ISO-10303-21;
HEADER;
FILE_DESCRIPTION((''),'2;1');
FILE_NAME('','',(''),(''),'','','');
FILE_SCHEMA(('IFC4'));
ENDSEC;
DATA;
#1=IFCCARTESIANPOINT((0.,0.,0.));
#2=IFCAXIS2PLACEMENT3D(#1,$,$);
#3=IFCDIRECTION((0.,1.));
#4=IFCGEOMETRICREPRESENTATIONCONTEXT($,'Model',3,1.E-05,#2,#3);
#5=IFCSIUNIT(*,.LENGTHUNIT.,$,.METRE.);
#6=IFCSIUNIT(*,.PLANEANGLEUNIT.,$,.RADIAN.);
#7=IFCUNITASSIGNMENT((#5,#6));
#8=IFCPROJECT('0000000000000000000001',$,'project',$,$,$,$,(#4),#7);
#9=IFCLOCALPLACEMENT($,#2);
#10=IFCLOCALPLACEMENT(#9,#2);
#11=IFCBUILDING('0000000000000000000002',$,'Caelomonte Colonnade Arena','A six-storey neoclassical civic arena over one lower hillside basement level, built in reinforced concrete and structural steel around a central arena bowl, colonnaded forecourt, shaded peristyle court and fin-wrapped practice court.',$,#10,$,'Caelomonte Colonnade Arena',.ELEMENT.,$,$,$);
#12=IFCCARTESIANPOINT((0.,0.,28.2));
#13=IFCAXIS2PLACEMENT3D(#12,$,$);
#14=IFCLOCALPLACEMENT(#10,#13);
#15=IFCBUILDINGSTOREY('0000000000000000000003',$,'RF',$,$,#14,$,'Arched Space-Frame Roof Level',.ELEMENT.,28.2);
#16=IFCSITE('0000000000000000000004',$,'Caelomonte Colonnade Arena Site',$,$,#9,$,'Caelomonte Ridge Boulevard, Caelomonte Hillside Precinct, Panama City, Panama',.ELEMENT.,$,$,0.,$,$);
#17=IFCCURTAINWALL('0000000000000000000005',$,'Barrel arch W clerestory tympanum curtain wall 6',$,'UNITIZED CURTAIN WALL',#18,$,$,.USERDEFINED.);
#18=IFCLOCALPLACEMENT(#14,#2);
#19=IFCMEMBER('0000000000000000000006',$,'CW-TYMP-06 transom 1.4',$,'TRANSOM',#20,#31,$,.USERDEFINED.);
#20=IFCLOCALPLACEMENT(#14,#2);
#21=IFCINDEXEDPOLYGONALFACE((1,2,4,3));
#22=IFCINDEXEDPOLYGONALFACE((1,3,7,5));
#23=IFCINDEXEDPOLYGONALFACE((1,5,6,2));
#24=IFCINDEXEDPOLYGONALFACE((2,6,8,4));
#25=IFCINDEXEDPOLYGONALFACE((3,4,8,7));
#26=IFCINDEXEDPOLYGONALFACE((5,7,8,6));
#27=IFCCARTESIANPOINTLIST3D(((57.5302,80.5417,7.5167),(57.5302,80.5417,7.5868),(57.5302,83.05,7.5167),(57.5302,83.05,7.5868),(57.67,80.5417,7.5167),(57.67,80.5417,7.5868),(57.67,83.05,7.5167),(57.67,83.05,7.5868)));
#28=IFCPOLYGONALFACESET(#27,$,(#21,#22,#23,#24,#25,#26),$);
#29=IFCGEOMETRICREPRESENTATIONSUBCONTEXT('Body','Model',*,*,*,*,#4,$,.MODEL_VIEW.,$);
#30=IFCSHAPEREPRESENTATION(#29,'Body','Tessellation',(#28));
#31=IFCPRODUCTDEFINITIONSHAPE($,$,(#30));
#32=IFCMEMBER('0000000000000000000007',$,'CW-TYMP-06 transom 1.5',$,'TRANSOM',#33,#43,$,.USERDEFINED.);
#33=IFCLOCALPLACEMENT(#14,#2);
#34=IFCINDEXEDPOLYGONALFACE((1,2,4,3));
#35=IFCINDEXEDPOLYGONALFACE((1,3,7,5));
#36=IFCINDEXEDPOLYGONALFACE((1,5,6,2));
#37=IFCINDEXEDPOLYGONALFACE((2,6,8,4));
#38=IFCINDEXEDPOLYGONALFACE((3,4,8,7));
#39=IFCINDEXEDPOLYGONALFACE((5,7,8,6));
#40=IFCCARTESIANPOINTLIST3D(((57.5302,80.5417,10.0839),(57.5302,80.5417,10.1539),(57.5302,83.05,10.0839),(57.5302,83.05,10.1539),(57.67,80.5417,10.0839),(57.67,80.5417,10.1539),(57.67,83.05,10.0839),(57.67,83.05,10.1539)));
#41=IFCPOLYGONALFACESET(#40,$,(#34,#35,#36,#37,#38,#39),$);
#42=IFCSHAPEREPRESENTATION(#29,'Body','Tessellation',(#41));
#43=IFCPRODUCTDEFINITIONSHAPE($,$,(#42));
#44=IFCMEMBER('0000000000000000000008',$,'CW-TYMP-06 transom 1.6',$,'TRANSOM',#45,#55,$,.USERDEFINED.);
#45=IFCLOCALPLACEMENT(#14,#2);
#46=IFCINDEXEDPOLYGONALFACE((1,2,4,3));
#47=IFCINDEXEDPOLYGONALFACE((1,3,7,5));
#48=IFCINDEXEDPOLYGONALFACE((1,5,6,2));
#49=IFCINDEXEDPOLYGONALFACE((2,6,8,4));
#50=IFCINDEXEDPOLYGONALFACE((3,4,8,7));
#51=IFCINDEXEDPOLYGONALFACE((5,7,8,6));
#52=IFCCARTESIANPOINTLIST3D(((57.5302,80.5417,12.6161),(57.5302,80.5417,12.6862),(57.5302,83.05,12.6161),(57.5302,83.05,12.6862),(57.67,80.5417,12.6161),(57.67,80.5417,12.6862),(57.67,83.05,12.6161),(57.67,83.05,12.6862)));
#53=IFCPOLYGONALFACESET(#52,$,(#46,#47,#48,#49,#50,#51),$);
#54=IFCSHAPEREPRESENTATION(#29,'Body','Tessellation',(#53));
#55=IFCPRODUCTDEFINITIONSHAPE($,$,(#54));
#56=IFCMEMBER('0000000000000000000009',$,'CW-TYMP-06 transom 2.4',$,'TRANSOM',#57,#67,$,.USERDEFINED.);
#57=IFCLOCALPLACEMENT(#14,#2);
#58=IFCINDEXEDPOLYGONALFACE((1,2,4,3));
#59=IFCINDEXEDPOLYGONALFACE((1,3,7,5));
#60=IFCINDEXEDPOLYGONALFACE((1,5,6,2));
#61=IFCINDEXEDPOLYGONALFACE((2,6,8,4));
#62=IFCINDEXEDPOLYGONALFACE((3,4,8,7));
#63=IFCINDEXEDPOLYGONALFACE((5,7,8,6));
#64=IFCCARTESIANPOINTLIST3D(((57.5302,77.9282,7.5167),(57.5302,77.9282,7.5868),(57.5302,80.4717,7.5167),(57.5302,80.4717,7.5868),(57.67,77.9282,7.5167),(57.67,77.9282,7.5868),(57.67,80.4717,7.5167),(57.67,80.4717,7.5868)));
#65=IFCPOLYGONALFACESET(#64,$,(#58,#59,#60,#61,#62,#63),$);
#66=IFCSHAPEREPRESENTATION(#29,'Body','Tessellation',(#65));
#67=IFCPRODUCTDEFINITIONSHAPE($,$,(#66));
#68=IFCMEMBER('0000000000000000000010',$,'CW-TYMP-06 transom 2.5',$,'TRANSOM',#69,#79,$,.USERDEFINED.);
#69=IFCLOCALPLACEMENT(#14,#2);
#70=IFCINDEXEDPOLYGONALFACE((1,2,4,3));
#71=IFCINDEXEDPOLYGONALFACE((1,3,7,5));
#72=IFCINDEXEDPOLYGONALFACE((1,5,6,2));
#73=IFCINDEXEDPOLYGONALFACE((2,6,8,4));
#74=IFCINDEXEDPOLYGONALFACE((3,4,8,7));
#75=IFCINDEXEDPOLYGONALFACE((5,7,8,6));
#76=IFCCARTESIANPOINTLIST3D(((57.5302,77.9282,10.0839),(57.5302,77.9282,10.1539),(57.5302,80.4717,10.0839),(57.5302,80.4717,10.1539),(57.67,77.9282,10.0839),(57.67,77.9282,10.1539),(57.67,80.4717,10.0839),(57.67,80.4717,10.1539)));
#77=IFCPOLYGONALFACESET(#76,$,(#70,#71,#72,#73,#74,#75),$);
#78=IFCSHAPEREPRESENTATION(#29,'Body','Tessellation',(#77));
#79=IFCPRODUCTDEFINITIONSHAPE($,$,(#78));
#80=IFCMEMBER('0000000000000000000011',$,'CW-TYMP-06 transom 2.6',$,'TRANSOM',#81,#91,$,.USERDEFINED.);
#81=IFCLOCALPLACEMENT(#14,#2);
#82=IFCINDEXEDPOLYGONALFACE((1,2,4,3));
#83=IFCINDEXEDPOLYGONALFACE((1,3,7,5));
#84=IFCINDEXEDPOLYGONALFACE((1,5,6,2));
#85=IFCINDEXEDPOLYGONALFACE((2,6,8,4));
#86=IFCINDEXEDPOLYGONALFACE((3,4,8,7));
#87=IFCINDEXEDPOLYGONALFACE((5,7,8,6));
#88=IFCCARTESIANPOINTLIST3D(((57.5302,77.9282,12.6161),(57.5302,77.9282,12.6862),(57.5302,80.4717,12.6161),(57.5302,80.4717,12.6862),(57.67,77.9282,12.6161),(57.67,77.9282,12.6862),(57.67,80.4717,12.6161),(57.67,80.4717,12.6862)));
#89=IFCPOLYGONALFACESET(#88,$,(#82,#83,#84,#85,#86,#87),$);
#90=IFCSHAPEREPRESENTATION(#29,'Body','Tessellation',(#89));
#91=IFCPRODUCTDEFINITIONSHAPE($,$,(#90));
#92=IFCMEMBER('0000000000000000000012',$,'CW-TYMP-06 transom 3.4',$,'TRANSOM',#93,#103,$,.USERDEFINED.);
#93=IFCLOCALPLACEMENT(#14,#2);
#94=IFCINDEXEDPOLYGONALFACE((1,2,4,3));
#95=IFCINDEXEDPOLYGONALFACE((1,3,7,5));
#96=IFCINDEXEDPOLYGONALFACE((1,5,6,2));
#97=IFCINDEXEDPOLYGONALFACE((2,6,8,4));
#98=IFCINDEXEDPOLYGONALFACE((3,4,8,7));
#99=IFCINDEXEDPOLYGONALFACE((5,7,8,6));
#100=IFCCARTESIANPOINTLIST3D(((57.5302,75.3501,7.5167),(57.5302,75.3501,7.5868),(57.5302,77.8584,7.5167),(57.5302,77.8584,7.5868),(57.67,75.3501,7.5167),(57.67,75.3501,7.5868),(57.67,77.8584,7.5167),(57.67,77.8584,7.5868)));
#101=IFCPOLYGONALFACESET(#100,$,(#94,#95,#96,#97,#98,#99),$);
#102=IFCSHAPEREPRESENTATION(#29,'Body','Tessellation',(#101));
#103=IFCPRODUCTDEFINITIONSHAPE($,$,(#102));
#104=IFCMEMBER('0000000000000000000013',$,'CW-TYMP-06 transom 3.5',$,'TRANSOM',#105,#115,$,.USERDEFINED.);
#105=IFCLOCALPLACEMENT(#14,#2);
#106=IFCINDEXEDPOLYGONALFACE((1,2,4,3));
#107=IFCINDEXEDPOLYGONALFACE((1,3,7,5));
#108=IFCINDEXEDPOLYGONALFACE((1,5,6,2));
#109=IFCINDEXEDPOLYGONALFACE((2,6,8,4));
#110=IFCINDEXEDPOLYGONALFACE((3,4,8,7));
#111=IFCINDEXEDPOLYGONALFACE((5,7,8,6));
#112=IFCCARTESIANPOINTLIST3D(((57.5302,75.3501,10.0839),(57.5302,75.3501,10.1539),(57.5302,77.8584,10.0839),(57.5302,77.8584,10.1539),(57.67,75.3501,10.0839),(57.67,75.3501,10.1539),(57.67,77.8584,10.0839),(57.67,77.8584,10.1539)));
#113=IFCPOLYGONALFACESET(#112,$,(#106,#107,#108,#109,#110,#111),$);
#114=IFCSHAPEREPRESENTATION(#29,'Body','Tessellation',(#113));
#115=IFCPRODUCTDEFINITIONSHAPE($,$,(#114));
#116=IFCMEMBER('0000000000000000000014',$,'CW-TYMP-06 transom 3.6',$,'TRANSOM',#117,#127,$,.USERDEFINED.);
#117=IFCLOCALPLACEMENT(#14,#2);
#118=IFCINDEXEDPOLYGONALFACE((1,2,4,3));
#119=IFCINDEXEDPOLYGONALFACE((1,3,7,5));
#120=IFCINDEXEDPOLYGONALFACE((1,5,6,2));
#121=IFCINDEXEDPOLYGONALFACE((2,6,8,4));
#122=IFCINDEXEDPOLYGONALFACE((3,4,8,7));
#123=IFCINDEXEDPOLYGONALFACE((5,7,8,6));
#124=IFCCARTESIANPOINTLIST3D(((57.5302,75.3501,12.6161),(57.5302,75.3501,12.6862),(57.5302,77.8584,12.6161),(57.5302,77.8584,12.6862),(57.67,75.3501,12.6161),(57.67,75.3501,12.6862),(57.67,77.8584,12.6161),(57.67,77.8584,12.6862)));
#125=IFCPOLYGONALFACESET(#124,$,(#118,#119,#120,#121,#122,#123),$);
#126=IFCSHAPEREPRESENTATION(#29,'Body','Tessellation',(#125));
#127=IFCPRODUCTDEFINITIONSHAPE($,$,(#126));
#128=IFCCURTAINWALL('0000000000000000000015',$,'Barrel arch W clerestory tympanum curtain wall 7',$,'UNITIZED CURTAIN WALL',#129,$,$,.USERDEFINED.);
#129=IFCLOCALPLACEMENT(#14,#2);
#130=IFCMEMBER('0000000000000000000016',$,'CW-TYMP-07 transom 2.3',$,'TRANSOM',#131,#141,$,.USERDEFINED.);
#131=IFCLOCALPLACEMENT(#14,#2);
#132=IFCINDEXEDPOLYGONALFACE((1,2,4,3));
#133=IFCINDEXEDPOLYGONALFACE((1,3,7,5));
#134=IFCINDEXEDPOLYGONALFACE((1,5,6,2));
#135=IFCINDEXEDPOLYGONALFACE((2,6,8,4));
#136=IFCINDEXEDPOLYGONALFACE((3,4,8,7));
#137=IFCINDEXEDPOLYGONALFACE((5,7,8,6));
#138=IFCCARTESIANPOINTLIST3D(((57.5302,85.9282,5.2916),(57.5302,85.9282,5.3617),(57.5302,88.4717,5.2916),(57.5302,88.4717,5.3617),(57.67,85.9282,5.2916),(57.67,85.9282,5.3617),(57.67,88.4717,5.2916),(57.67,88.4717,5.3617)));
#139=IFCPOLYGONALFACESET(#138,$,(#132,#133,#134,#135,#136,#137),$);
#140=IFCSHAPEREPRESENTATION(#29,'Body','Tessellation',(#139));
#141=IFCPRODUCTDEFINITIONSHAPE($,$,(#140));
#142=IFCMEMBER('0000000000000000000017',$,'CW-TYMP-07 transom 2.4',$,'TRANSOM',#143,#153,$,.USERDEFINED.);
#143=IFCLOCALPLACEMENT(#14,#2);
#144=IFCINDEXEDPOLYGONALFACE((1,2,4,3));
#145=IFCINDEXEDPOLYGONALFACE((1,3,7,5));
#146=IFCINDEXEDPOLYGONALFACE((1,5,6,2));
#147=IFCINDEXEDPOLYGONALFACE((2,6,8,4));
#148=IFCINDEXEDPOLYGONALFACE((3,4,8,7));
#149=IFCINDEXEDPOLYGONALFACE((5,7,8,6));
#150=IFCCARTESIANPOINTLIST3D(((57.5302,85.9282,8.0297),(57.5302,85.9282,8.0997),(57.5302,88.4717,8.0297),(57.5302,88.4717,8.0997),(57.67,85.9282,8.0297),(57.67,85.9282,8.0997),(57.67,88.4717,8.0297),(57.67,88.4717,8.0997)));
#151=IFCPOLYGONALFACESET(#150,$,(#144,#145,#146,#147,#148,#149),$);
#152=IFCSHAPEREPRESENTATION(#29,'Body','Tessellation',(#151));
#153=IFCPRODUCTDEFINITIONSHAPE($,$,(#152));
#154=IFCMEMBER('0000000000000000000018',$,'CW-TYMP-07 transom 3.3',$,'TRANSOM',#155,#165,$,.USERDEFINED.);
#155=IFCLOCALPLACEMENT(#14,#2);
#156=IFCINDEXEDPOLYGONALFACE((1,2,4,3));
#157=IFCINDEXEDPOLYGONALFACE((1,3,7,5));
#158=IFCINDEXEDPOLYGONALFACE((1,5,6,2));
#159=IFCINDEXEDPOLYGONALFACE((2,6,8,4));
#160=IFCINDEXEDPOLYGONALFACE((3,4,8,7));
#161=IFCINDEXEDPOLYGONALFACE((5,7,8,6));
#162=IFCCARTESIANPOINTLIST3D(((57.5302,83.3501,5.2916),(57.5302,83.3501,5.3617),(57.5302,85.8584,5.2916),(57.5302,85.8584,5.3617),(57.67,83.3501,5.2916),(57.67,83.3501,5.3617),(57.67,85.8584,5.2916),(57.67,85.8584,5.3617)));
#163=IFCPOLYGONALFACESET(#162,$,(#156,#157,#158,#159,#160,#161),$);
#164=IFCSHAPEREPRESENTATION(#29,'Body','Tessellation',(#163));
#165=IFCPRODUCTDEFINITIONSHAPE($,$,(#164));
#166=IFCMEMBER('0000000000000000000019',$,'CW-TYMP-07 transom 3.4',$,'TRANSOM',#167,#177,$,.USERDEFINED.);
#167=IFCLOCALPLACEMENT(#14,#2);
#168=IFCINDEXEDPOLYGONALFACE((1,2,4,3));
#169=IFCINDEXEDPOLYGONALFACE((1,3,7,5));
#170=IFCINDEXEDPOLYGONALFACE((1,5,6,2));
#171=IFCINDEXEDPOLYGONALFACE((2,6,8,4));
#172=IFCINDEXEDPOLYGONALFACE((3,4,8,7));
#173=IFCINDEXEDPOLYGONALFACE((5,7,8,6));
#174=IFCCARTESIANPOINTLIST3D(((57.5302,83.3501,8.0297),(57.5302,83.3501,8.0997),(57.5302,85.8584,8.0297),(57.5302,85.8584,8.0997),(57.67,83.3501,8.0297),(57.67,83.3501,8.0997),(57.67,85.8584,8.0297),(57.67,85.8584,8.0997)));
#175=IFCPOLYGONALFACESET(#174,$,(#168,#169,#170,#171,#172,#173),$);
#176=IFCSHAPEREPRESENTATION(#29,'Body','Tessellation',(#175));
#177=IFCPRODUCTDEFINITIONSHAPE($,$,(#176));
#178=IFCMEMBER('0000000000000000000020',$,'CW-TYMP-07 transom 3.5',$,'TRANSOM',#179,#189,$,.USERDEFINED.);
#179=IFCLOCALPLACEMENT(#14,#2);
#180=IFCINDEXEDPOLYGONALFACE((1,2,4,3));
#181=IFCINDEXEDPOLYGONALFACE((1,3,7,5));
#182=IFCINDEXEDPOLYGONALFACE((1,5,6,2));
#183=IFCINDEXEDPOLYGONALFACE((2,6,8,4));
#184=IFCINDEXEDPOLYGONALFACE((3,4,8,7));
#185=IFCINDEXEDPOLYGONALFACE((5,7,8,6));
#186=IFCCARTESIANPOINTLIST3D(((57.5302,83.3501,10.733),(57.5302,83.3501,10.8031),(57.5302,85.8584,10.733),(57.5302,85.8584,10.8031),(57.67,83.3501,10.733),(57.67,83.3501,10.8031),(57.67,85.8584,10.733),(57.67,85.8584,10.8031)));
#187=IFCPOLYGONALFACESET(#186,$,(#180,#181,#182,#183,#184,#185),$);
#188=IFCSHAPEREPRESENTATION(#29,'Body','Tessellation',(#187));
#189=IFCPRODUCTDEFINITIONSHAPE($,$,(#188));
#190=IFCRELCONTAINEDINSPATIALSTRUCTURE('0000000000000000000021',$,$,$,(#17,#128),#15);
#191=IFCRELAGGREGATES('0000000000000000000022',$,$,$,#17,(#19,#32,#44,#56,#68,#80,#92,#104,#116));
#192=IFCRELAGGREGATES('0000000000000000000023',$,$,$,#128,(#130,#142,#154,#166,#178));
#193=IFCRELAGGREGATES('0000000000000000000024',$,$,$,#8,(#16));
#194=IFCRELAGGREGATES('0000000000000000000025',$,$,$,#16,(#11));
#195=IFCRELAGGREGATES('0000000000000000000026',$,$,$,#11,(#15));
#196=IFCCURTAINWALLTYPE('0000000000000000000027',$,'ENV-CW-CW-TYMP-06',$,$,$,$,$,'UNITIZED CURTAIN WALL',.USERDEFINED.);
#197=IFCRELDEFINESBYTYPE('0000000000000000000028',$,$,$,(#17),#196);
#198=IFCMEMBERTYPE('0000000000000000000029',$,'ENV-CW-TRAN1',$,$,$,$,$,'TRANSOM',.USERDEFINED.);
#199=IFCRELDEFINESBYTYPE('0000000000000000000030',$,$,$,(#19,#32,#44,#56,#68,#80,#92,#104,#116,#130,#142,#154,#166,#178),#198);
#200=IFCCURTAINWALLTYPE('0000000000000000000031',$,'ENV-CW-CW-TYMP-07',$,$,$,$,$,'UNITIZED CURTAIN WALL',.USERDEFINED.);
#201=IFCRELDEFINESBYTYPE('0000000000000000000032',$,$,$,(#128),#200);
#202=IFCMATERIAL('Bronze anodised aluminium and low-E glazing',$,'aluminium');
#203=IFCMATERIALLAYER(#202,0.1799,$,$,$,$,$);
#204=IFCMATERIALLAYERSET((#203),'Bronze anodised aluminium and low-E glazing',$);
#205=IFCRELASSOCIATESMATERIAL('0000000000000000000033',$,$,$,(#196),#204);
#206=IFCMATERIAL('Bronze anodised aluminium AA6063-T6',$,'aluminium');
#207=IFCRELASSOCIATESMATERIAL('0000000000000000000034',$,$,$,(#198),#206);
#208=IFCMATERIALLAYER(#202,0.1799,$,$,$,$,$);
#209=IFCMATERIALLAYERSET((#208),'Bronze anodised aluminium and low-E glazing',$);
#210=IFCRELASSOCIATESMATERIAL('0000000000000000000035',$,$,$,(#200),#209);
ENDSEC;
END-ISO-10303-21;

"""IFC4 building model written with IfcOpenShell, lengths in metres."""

from ifc_helpers import new_model, si_unit, direction, frame, origin, origin_2d, place, context, subcontext, project, spatial, rectangle, extrude, material, layer, layer_set, material_profile, profile_set, type_object, element, aggregate, save


model = new_model("IFC4")

# Units and contexts
model_context = context("Model", 3, precision=1e-05, world=origin(), true_north=direction((0.0, 1.0)))
body_context = subcontext(model_context, "Body", "Model", "MODEL_VIEW")
ifc_project = project(units=[si_unit("LENGTHUNIT", "METRE"), si_unit("PLANEANGLEUNIT", "RADIAN")], contexts=[model_context])

# Site, building, storey
site_placement = place(None, origin())
site = spatial("IfcSite", under=ifc_project, at=site_placement, Name="Caelomonte Colonnade Arena Site", LongName="Caelomonte Ridge Boulevard, Caelomonte Hillside Precinct, Panama City, Panama", CompositionType="ELEMENT", RefElevation=0.0)
building_placement = place(site_placement, origin())
building = spatial("IfcBuilding", under=site, at=building_placement, Name="Caelomonte Colonnade Arena", Description="A six-storey neoclassical civic arena over one lower hillside basement level, built in reinforced concrete and structural steel around a central arena bowl, colonnaded forecourt, shaded peristyle court and fin-wrapped practice court.", LongName="Caelomonte Colonnade Arena", CompositionType="ELEMENT")
storey_placement = place(building_placement, frame((0.0, 0.0, 28.2)))
storey = spatial("IfcBuildingStorey", under=building, at=storey_placement, Name="RF", LongName="Arched Space-Frame Roof Level", CompositionType="ELEMENT", Elevation=28.2)

# Curtain walls, members
ifc_material_1 = material(Name="Bronze anodised aluminium and low-E glazing", Category="aluminium")
ifc_layer_1 = layer(ifc_material_1, 0.1799)
ifc_layer_set_1 = layer_set([ifc_layer_1], Name="Bronze anodised aluminium and low-E glazing")
curtain_wall_type_1 = type_object("IfcCurtainWallType", Name="ENV-CW-CW-TYMP-06", ElementType="UNITIZED CURTAIN WALL", PredefinedType="USERDEFINED", material=ifc_layer_set_1)
curtain_wall_1_placement = place(storey_placement, origin())
curtain_wall_1 = element("IfcCurtainWall", 1, at=curtain_wall_1_placement, inside=storey, type_object=curtain_wall_type_1, Name="Barrel arch W clerestory tympanum curtain wall 6", ObjectType="UNITIZED CURTAIN WALL", PredefinedType="USERDEFINED")
ifc_material_2 = material(Name="Bronze anodised aluminium AA6063-T6", Category="aluminium")
ifc_material_profile_1 = material_profile(ifc_material_2, rectangle(XDim=0.0701, YDim=0.1399, at=origin_2d()), Name="CWT-70X140")
ifc_profile_set_1 = profile_set([ifc_material_profile_1], Name="Bronze anodised aluminium AA6063-T6")
member_type_1 = type_object("IfcMemberType", Name="ENV-CW-TRAN1", ElementType="TRANSOM", PredefinedType="USERDEFINED", material=ifc_profile_set_1)
member_1_placement = place(storey_placement, frame((57.6001, 83.05, 7.5518), z_axis=(0.0, -1.0, 0.0), x_axis=(0.0, 0.0, 1.0)))
member_1 = element("IfcMember", 2, at=member_1_placement, type_object=member_type_1, Name="CW-TYMP-06 transom 1.4", ObjectType="TRANSOM", PredefinedType="USERDEFINED", context=body_context, shape_type="SweptSolid", body=[
    extrude(rectangle(XDim=0.0701, YDim=0.1399, at=origin_2d()), origin(), (0.0, 0.0, 1.0), 2.5083),
])
member_2_placement = place(storey_placement, frame((57.6001, 83.05, 10.1189), z_axis=(0.0, -1.0, 0.0), x_axis=(0.0, 0.0, 1.0)))
member_2 = element("IfcMember", 3, at=member_2_placement, type_object=member_type_1, Name="CW-TYMP-06 transom 1.5", ObjectType="TRANSOM", PredefinedType="USERDEFINED", context=body_context, shape_type="SweptSolid", body=[
    extrude(rectangle(XDim=0.0701, YDim=0.1399, at=origin_2d()), origin(), (0.0, 0.0, 1.0), 2.5083),
])
member_3_placement = place(storey_placement, frame((57.6001, 83.05, 12.6511), z_axis=(0.0, -1.0, 0.0), x_axis=(0.0, 0.0, 1.0)))
member_3 = element("IfcMember", 4, at=member_3_placement, type_object=member_type_1, Name="CW-TYMP-06 transom 1.6", ObjectType="TRANSOM", PredefinedType="USERDEFINED", context=body_context, shape_type="SweptSolid", body=[
    extrude(rectangle(XDim=0.0701, YDim=0.1399, at=origin_2d()), origin(), (0.0, 0.0, 1.0), 2.5083),
])
member_4_placement = place(storey_placement, frame((57.6001, 80.4717, 7.5518), z_axis=(0.0, -1.0, 0.0), x_axis=(0.0, 0.0, 1.0)))
member_4 = element("IfcMember", 5, at=member_4_placement, type_object=member_type_1, Name="CW-TYMP-06 transom 2.4", ObjectType="TRANSOM", PredefinedType="USERDEFINED", context=body_context, shape_type="SweptSolid", body=[
    extrude(rectangle(XDim=0.0701, YDim=0.1399, at=origin_2d()), origin(), (0.0, 0.0, 1.0), 2.5435),
])
member_5_placement = place(storey_placement, frame((57.6001, 80.4717, 10.1189), z_axis=(0.0, -1.0, 0.0), x_axis=(0.0, 0.0, 1.0)))
member_5 = element("IfcMember", 6, at=member_5_placement, type_object=member_type_1, Name="CW-TYMP-06 transom 2.5", ObjectType="TRANSOM", PredefinedType="USERDEFINED", context=body_context, shape_type="SweptSolid", body=[
    extrude(rectangle(XDim=0.0701, YDim=0.1399, at=origin_2d()), origin(), (0.0, 0.0, 1.0), 2.5435),
])
member_6_placement = place(storey_placement, frame((57.6001, 80.4717, 12.6511), z_axis=(0.0, -1.0, 0.0), x_axis=(0.0, 0.0, 1.0)))
member_6 = element("IfcMember", 7, at=member_6_placement, type_object=member_type_1, Name="CW-TYMP-06 transom 2.6", ObjectType="TRANSOM", PredefinedType="USERDEFINED", context=body_context, shape_type="SweptSolid", body=[
    extrude(rectangle(XDim=0.0701, YDim=0.1399, at=origin_2d()), origin(), (0.0, 0.0, 1.0), 2.5435),
])
member_7_placement = place(storey_placement, frame((57.6001, 77.8584, 7.5518), z_axis=(0.0, -1.0, 0.0), x_axis=(0.0, 0.0, 1.0)))
member_7 = element("IfcMember", 8, at=member_7_placement, type_object=member_type_1, Name="CW-TYMP-06 transom 3.4", ObjectType="TRANSOM", PredefinedType="USERDEFINED", context=body_context, shape_type="SweptSolid", body=[
    extrude(rectangle(XDim=0.0701, YDim=0.1399, at=origin_2d()), origin(), (0.0, 0.0, 1.0), 2.5083),
])
member_8_placement = place(storey_placement, frame((57.6001, 77.8584, 10.1189), z_axis=(0.0, -1.0, 0.0), x_axis=(0.0, 0.0, 1.0)))
member_8 = element("IfcMember", 9, at=member_8_placement, type_object=member_type_1, Name="CW-TYMP-06 transom 3.5", ObjectType="TRANSOM", PredefinedType="USERDEFINED", context=body_context, shape_type="SweptSolid", body=[
    extrude(rectangle(XDim=0.0701, YDim=0.1399, at=origin_2d()), origin(), (0.0, 0.0, 1.0), 2.5083),
])
member_9_placement = place(storey_placement, frame((57.6001, 77.8584, 12.6511), z_axis=(0.0, -1.0, 0.0), x_axis=(0.0, 0.0, 1.0)))
member_9 = element("IfcMember", 10, at=member_9_placement, type_object=member_type_1, Name="CW-TYMP-06 transom 3.6", ObjectType="TRANSOM", PredefinedType="USERDEFINED", context=body_context, shape_type="SweptSolid", body=[
    extrude(rectangle(XDim=0.0701, YDim=0.1399, at=origin_2d()), origin(), (0.0, 0.0, 1.0), 2.5083),
])
ifc_layer_2 = layer(ifc_material_1, 0.1799)
ifc_layer_set_2 = layer_set([ifc_layer_2], Name="Bronze anodised aluminium and low-E glazing")
curtain_wall_type_2 = type_object("IfcCurtainWallType", Name="ENV-CW-CW-TYMP-07", ElementType="UNITIZED CURTAIN WALL", PredefinedType="USERDEFINED", material=ifc_layer_set_2)
curtain_wall_2_placement = place(storey_placement, origin())
curtain_wall_2 = element("IfcCurtainWall", 11, at=curtain_wall_2_placement, inside=storey, type_object=curtain_wall_type_2, Name="Barrel arch W clerestory tympanum curtain wall 7", ObjectType="UNITIZED CURTAIN WALL", PredefinedType="USERDEFINED")
member_10_placement = place(storey_placement, frame((57.6001, 88.4717, 5.3267), z_axis=(0.0, -1.0, 0.0), x_axis=(0.0, 0.0, 1.0)))
member_10 = element("IfcMember", 12, at=member_10_placement, type_object=member_type_1, Name="CW-TYMP-07 transom 2.3", ObjectType="TRANSOM", PredefinedType="USERDEFINED", context=body_context, shape_type="SweptSolid", body=[
    extrude(rectangle(XDim=0.0701, YDim=0.1399, at=origin_2d()), origin(), (0.0, 0.0, 1.0), 2.5435),
])
member_11_placement = place(storey_placement, frame((57.6001, 88.4717, 8.0647), z_axis=(0.0, -1.0, 0.0), x_axis=(0.0, 0.0, 1.0)))
member_11 = element("IfcMember", 13, at=member_11_placement, type_object=member_type_1, Name="CW-TYMP-07 transom 2.4", ObjectType="TRANSOM", PredefinedType="USERDEFINED", context=body_context, shape_type="SweptSolid", body=[
    extrude(rectangle(XDim=0.0701, YDim=0.1399, at=origin_2d()), origin(), (0.0, 0.0, 1.0), 2.5435),
])
member_12_placement = place(storey_placement, frame((57.6001, 85.8584, 5.3267), z_axis=(0.0, -1.0, 0.0), x_axis=(0.0, 0.0, 1.0)))
member_12 = element("IfcMember", 14, at=member_12_placement, type_object=member_type_1, Name="CW-TYMP-07 transom 3.3", ObjectType="TRANSOM", PredefinedType="USERDEFINED", context=body_context, shape_type="SweptSolid", body=[
    extrude(rectangle(XDim=0.0701, YDim=0.1399, at=origin_2d()), origin(), (0.0, 0.0, 1.0), 2.5083),
])
member_13_placement = place(storey_placement, frame((57.6001, 85.8584, 8.0647), z_axis=(0.0, -1.0, 0.0), x_axis=(0.0, 0.0, 1.0)))
member_13 = element("IfcMember", 15, at=member_13_placement, type_object=member_type_1, Name="CW-TYMP-07 transom 3.4", ObjectType="TRANSOM", PredefinedType="USERDEFINED", context=body_context, shape_type="SweptSolid", body=[
    extrude(rectangle(XDim=0.0701, YDim=0.1399, at=origin_2d()), origin(), (0.0, 0.0, 1.0), 2.5083),
])
member_14_placement = place(storey_placement, frame((57.6001, 85.8584, 10.7681), z_axis=(0.0, -1.0, 0.0), x_axis=(0.0, 0.0, 1.0)))
member_14 = element("IfcMember", 16, at=member_14_placement, type_object=member_type_1, Name="CW-TYMP-07 transom 3.5", ObjectType="TRANSOM", PredefinedType="USERDEFINED", context=body_context, shape_type="SweptSolid", body=[
    extrude(rectangle(XDim=0.0701, YDim=0.1399, at=origin_2d()), origin(), (0.0, 0.0, 1.0), 2.5083),
])

aggregate(curtain_wall_1, [member_1, member_2, member_3, member_4, member_5, member_6, member_7, member_8, member_9])
aggregate(curtain_wall_2, [member_10, member_11, member_12, member_13, member_14])

save(model, "model.ifc")
